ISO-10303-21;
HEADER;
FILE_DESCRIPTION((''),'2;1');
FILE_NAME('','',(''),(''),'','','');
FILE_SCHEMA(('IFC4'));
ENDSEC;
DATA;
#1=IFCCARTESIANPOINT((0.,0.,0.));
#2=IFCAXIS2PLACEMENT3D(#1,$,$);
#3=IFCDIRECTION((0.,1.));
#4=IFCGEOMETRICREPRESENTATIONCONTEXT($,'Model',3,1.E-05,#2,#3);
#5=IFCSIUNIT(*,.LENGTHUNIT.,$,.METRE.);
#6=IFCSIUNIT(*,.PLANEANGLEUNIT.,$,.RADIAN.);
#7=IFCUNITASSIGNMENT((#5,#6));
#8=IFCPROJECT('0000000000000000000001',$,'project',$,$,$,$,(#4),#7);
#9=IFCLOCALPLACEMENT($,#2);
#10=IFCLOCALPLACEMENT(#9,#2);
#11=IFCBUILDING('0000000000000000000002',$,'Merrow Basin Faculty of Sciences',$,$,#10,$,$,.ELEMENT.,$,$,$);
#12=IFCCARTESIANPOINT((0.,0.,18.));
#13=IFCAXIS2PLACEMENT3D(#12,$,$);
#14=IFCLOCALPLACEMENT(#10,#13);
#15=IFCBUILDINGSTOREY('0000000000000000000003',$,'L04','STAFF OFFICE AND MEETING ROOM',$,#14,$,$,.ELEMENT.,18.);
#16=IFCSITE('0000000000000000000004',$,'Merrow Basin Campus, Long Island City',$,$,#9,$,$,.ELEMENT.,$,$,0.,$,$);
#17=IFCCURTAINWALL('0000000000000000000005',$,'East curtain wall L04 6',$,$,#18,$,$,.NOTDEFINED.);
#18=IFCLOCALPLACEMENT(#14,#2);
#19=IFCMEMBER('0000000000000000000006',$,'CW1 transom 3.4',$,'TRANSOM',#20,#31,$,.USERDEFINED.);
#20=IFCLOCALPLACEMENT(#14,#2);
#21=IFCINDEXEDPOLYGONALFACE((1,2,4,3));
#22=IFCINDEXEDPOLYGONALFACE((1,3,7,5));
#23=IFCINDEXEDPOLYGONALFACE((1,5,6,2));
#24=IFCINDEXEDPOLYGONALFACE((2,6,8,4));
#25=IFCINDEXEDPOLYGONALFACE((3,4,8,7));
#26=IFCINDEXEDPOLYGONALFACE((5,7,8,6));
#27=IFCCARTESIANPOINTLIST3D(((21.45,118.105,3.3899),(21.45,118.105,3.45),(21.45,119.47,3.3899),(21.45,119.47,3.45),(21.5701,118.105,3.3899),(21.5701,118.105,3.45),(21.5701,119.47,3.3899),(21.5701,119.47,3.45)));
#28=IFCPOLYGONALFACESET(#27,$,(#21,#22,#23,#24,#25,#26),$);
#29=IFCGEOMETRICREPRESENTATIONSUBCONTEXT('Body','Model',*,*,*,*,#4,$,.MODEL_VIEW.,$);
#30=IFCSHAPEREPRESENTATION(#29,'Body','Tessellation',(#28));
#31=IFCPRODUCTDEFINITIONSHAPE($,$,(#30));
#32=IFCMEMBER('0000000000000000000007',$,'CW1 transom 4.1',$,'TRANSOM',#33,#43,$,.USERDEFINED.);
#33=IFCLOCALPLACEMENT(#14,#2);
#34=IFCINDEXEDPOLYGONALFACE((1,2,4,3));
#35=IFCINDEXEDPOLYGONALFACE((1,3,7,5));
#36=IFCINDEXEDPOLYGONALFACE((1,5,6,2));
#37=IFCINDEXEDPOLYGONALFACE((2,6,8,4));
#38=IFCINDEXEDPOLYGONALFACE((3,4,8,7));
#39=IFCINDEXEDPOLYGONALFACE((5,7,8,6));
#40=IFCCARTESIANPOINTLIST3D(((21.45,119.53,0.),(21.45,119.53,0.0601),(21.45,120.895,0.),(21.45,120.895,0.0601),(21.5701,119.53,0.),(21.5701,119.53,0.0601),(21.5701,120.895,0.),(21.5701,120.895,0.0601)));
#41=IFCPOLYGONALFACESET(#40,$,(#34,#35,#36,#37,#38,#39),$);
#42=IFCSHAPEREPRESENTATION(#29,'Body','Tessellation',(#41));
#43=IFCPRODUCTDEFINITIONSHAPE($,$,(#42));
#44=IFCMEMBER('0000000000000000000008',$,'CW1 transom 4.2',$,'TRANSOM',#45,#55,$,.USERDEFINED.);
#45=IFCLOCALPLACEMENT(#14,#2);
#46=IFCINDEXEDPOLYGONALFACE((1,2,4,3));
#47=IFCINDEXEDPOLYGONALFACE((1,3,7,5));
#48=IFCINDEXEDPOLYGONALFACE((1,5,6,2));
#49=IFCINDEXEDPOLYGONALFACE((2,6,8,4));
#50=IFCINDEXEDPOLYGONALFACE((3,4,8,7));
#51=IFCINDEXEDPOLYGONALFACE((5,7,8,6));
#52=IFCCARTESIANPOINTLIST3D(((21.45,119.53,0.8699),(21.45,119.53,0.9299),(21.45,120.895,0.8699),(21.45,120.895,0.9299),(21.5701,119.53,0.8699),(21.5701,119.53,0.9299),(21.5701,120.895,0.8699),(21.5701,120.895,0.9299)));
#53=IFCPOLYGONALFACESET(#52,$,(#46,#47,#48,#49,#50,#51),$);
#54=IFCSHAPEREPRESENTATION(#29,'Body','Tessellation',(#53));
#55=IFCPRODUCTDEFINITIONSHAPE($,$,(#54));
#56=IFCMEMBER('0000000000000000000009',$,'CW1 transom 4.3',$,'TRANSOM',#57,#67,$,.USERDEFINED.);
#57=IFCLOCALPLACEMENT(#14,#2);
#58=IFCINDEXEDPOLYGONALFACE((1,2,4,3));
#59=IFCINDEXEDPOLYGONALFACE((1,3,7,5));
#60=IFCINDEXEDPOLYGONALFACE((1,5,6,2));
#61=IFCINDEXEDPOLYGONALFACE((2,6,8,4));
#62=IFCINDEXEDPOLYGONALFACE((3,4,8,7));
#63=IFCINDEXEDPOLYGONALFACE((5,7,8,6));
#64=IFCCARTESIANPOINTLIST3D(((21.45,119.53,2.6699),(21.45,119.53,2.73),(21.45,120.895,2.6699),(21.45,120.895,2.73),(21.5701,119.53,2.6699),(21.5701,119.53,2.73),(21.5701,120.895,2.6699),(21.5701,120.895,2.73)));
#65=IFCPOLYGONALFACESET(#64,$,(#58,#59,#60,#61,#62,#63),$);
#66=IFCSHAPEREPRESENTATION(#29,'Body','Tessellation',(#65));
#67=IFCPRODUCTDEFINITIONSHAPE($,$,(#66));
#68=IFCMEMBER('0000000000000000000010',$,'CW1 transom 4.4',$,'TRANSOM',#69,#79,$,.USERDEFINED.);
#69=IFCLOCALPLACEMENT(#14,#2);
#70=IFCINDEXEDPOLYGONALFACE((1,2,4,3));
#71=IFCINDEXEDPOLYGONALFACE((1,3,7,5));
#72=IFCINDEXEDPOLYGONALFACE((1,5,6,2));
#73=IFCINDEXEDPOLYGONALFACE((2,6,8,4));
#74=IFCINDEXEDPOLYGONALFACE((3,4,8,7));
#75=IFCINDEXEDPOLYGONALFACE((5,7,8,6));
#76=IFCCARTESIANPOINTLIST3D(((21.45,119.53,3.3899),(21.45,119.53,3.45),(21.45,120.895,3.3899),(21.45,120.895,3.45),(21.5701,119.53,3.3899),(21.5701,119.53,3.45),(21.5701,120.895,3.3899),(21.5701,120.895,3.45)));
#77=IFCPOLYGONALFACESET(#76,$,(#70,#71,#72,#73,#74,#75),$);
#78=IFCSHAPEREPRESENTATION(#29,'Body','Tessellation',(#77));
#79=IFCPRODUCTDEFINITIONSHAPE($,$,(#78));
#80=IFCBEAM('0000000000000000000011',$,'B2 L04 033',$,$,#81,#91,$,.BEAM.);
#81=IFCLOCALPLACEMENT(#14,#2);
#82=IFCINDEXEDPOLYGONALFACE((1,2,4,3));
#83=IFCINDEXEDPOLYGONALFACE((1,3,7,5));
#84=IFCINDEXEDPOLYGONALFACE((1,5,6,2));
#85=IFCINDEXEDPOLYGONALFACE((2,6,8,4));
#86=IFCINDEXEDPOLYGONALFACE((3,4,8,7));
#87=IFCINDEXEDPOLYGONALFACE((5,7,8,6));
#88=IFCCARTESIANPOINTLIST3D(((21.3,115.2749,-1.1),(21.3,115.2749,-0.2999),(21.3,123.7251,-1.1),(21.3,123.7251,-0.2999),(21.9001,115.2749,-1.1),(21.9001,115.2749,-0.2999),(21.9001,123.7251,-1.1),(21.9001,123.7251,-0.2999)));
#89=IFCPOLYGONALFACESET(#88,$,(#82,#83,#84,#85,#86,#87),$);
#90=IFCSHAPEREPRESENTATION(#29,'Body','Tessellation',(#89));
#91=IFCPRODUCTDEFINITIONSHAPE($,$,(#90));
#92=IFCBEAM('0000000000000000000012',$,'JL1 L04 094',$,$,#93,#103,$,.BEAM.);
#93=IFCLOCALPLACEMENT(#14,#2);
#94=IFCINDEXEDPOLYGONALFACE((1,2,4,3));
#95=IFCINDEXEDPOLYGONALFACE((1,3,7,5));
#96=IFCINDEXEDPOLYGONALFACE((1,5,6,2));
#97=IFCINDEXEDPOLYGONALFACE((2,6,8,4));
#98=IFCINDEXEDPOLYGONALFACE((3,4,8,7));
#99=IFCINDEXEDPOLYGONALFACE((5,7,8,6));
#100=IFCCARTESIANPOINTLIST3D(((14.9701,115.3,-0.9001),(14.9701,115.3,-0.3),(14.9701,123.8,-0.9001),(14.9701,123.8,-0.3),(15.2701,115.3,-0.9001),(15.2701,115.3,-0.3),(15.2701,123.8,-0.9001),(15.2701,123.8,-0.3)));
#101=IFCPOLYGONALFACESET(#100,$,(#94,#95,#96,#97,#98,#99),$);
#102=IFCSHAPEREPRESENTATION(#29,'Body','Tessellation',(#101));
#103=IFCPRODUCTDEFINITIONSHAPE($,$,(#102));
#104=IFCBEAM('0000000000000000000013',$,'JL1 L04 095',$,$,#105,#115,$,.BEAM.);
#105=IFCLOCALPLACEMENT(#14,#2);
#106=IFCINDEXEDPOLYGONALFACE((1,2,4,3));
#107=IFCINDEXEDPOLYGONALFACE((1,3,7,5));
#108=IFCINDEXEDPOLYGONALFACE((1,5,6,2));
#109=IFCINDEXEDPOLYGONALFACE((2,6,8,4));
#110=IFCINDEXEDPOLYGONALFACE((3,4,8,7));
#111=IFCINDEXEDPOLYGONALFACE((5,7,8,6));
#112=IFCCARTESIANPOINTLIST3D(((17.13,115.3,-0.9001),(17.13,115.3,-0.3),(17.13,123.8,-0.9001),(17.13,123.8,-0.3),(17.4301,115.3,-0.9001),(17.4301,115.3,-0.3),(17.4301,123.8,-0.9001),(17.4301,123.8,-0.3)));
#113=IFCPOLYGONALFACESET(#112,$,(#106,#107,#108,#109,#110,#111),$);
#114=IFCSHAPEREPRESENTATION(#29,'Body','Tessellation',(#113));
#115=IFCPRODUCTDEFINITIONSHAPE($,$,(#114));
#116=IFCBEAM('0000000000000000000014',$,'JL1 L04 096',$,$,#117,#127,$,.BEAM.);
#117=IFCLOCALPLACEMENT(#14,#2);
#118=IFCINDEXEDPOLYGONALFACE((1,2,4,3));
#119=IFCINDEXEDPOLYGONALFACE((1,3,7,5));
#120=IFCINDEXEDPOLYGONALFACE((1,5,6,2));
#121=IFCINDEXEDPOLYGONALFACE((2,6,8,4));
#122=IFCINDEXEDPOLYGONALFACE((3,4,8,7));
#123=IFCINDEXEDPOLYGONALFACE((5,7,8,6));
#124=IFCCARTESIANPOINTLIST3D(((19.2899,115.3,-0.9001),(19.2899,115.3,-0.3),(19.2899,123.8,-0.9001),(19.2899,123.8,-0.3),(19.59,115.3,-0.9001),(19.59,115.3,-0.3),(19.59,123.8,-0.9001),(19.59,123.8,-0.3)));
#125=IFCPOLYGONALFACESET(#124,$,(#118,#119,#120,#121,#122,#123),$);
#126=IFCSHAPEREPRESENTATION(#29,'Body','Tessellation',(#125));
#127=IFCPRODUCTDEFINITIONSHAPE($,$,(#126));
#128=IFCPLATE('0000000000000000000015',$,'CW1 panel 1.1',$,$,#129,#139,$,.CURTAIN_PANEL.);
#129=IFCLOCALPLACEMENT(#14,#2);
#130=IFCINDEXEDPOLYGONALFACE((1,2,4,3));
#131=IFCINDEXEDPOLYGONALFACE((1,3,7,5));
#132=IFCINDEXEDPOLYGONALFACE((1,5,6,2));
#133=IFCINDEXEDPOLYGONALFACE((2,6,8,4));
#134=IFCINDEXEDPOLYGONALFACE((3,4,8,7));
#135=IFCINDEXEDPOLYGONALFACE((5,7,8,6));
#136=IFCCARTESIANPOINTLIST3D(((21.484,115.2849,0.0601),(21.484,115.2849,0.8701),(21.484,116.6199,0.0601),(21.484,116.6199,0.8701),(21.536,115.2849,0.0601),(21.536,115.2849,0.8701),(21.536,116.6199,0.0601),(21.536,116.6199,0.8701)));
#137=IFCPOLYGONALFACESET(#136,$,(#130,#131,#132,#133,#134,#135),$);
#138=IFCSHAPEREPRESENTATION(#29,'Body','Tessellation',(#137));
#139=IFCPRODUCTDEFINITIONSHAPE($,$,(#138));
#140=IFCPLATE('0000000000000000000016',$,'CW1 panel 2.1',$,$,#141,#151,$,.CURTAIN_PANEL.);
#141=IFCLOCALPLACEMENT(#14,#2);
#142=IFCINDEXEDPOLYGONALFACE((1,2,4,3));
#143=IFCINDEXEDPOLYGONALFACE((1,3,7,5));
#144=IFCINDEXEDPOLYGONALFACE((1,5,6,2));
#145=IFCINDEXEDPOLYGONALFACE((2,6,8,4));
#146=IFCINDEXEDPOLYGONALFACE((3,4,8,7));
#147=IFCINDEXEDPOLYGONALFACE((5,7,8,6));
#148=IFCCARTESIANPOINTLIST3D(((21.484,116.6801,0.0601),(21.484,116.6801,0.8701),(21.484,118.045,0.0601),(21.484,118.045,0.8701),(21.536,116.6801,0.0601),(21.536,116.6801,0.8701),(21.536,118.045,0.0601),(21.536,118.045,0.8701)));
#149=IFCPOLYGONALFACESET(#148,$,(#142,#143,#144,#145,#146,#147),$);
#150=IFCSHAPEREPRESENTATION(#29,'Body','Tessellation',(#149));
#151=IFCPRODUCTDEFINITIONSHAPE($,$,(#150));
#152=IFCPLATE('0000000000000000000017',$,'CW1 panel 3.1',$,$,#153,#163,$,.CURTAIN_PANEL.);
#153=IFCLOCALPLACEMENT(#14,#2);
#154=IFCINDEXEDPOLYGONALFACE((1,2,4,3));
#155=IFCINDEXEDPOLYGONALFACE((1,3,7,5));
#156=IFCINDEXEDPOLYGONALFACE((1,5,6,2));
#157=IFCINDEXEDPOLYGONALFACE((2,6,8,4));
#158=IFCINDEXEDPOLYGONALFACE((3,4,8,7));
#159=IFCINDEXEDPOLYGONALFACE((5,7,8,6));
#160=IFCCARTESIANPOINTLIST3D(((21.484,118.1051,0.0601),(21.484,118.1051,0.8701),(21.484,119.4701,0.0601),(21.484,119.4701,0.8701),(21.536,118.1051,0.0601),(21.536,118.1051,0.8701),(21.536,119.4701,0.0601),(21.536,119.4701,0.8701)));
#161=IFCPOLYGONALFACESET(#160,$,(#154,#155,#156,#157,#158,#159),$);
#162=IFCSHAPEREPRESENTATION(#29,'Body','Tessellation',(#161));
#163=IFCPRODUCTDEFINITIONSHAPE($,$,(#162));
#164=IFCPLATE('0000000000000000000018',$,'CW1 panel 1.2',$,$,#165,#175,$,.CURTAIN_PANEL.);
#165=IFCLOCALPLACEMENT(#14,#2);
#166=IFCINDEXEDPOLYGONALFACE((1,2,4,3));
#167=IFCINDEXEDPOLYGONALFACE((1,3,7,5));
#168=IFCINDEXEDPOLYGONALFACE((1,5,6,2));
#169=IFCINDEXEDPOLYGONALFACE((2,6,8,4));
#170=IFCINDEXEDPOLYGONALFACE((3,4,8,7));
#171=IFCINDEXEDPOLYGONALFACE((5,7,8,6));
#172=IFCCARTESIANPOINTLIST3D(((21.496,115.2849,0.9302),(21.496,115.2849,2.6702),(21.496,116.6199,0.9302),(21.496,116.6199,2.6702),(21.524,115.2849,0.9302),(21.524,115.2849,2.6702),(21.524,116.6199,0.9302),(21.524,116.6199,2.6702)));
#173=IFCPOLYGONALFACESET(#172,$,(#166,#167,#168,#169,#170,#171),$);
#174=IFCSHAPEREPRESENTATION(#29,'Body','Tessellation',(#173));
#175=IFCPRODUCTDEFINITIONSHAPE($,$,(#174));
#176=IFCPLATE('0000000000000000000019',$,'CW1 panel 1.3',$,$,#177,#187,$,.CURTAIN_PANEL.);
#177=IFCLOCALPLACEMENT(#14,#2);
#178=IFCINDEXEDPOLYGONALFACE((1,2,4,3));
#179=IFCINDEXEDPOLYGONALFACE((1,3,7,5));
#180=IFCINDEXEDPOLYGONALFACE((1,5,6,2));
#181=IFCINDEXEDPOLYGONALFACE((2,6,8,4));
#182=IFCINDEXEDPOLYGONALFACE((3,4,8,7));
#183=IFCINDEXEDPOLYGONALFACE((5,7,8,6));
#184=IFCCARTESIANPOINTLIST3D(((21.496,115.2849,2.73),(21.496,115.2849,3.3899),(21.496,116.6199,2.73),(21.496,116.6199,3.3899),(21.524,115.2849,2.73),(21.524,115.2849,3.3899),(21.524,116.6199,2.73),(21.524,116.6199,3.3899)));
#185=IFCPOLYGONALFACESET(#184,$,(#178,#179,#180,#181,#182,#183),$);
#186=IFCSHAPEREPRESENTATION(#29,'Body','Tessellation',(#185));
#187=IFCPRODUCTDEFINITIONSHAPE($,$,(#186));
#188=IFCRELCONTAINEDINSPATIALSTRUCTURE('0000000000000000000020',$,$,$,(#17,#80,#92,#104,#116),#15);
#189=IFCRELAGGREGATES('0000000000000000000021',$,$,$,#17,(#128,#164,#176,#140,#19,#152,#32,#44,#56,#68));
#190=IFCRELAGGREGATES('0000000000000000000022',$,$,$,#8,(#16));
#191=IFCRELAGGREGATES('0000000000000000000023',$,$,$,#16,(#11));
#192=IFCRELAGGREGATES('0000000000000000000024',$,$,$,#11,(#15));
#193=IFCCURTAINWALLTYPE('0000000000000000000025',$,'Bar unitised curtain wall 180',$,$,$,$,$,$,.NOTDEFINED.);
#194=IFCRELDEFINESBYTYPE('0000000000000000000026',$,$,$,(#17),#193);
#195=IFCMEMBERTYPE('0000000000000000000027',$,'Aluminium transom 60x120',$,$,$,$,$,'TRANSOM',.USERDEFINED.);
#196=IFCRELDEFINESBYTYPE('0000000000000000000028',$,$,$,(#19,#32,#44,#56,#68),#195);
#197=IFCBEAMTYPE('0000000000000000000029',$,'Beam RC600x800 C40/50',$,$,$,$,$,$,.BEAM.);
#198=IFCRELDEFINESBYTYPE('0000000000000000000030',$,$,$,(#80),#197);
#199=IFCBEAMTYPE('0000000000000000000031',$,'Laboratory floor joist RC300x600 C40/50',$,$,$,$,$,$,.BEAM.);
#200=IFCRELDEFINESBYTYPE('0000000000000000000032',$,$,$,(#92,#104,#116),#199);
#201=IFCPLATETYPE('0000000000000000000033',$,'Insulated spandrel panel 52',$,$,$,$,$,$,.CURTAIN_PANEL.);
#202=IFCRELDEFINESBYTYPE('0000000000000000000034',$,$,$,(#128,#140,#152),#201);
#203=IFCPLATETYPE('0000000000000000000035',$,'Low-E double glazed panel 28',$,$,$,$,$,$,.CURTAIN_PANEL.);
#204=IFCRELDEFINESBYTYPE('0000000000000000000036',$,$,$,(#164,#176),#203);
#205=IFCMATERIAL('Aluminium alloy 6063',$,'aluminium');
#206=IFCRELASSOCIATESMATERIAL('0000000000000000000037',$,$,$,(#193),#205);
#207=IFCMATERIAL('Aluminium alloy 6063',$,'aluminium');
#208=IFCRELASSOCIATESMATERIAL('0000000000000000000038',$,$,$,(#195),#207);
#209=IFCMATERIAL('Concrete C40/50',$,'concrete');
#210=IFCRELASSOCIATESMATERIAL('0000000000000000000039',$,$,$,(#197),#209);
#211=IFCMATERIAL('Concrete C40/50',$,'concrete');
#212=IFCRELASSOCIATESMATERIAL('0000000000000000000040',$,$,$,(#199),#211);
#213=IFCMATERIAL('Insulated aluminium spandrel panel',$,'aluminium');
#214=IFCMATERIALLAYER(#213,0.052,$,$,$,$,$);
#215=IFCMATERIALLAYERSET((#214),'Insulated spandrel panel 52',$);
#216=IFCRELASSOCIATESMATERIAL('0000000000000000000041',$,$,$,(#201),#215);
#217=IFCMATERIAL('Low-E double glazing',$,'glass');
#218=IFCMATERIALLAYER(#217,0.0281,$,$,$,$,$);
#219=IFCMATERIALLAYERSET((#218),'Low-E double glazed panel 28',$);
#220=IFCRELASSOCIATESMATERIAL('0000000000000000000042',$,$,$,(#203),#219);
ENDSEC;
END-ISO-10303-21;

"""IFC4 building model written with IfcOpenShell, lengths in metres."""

from ifc_helpers import new_model, si_unit, direction, frame, origin, origin_2d, place, context, subcontext, project, spatial, rectangle, extrude, material, layer, layer_set, material_profile, profile_set, type_object, element, aggregate, save


model = new_model("IFC4")

# Units and contexts
model_context = context("Model", 3, precision=1e-05, world=origin(), true_north=direction((0.0, 1.0)))
body_context = subcontext(model_context, "Body", "Model", "MODEL_VIEW")
ifc_project = project(units=[si_unit("LENGTHUNIT", "METRE"), si_unit("PLANEANGLEUNIT", "RADIAN")], contexts=[model_context])

# Site, building, storey
site_placement = place(None, origin())
site = spatial("IfcSite", under=ifc_project, at=site_placement, Name="Merrow Basin Campus, Long Island City", CompositionType="ELEMENT", RefElevation=0.0)
building_placement = place(site_placement, origin())
building = spatial("IfcBuilding", under=site, at=building_placement, Name="Merrow Basin Faculty of Sciences", CompositionType="ELEMENT")
storey_placement = place(building_placement, frame((0.0, 0.0, 18.0)))
storey = spatial("IfcBuildingStorey", under=building, at=storey_placement, Name="L04", Description="STAFF OFFICE AND MEETING ROOM", CompositionType="ELEMENT", Elevation=18.0)

# Curtain wall, members
ifc_material_1 = material(Name="Aluminium alloy 6063", Category="aluminium")
curtain_wall_type = type_object("IfcCurtainWallType", Name="Bar unitised curtain wall 180", PredefinedType="NOTDEFINED", material=ifc_material_1)
curtain_wall_placement = place(storey_placement, origin())
curtain_wall = element("IfcCurtainWall", 1, at=curtain_wall_placement, inside=storey, type_object=curtain_wall_type, Name="East curtain wall L04 6", PredefinedType="NOTDEFINED")
ifc_material_2 = material(Name="Aluminium alloy 6063", Category="aluminium")
ifc_material_profile_1 = material_profile(ifc_material_2, rectangle(XDim=0.1201, YDim=0.0601, at=origin_2d()))
ifc_profile_set_1 = profile_set([ifc_material_profile_1], Name="Aluminium alloy 6063")
member_type_1 = type_object("IfcMemberType", Name="Aluminium transom 60x120", ElementType="TRANSOM", PredefinedType="USERDEFINED", material=ifc_profile_set_1)
member_1_placement = place(storey_placement, frame((21.51, 118.105, 3.4199), z_axis=(0.0, 1.0, 0.0), x_axis=(-1.0, 0.0, 0.0)))
member_1 = element("IfcMember", 2, at=member_1_placement, type_object=member_type_1, Name="CW1 transom 3.4", ObjectType="TRANSOM", PredefinedType="USERDEFINED", context=body_context, shape_type="SweptSolid", body=[
    extrude(rectangle(XDim=0.1201, YDim=0.0601, at=origin_2d()), origin(), (0.0, 0.0, 1.0), 1.365),
])
member_2_placement = place(storey_placement, frame((21.51, 119.53, 0.03), z_axis=(0.0, 1.0, 0.0), x_axis=(-1.0, 0.0, 0.0)))
member_2 = element("IfcMember", 3, at=member_2_placement, type_object=member_type_1, Name="CW1 transom 4.1", ObjectType="TRANSOM", PredefinedType="USERDEFINED", context=body_context, shape_type="SweptSolid", body=[
    extrude(rectangle(XDim=0.1201, YDim=0.0601, at=origin_2d()), origin(), (0.0, 0.0, 1.0), 1.365),
])
member_3_placement = place(storey_placement, frame((21.51, 119.53, 0.8999), z_axis=(0.0, 1.0, 0.0), x_axis=(-1.0, 0.0, 0.0)))
member_3 = element("IfcMember", 4, at=member_3_placement, type_object=member_type_1, Name="CW1 transom 4.2", ObjectType="TRANSOM", PredefinedType="USERDEFINED", context=body_context, shape_type="SweptSolid", body=[
    extrude(rectangle(XDim=0.1201, YDim=0.0601, at=origin_2d()), origin(), (0.0, 0.0, 1.0), 1.365),
])
member_4_placement = place(storey_placement, frame((21.51, 119.53, 2.7), z_axis=(0.0, 1.0, 0.0), x_axis=(-1.0, 0.0, 0.0)))
member_4 = element("IfcMember", 5, at=member_4_placement, type_object=member_type_1, Name="CW1 transom 4.3", ObjectType="TRANSOM", PredefinedType="USERDEFINED", context=body_context, shape_type="SweptSolid", body=[
    extrude(rectangle(XDim=0.1201, YDim=0.0601, at=origin_2d()), origin(), (0.0, 0.0, 1.0), 1.365),
])
member_5_placement = place(storey_placement, frame((21.51, 119.53, 3.4199), z_axis=(0.0, 1.0, 0.0), x_axis=(-1.0, 0.0, 0.0)))
member_5 = element("IfcMember", 6, at=member_5_placement, type_object=member_type_1, Name="CW1 transom 4.4", ObjectType="TRANSOM", PredefinedType="USERDEFINED", context=body_context, shape_type="SweptSolid", body=[
    extrude(rectangle(XDim=0.1201, YDim=0.0601, at=origin_2d()), origin(), (0.0, 0.0, 1.0), 1.365),
])

# Beams
ifc_material_3 = material(Name="Concrete C40/50", Category="concrete")
ifc_material_profile_2 = material_profile(ifc_material_3, rectangle(XDim=0.6001, YDim=0.8, at=origin_2d()))
ifc_profile_set_2 = profile_set([ifc_material_profile_2], Name="Concrete C40/50")
beam_type_1 = type_object("IfcBeamType", Name="Beam RC600x800 C40/50", PredefinedType="BEAM", material=ifc_profile_set_2)
beam_placement = place(storey_placement, frame((21.6001, 115.2749, -0.7), z_axis=(0.0, 1.0, 0.0), x_axis=(-1.0, 0.0, 0.0)))
element("IfcBeam", 7, at=beam_placement, inside=storey, type_object=beam_type_1, Name="B2 L04 033", PredefinedType="BEAM", context=body_context, shape_type="SweptSolid", body=[
    extrude(rectangle(XDim=0.6001, YDim=0.8, at=origin_2d()), origin(), (0.0, 0.0, 1.0), 8.4502),
])
ifc_material_4 = material(Name="Concrete C40/50", Category="concrete")
ifc_material_profile_3 = material_profile(ifc_material_4, rectangle(XDim=0.3, YDim=0.6001, at=origin_2d()))
ifc_profile_set_3 = profile_set([ifc_material_profile_3], Name="Concrete C40/50")
beam_type_2 = type_object("IfcBeamType", Name="Laboratory floor joist RC300x600 C40/50", PredefinedType="BEAM", material=ifc_profile_set_3)
for number, where, z_axis, x_axis, name in (
    (8, (15.1201, 115.3, -0.6001), (0.0, 1.0, 0.0), (-1.0, 0.0, 0.0), "JL1 L04 094"),
    (9, (17.28, 115.3, -0.6001), (0.0, 1.0, 0.0), (-1.0, 0.0, 0.0), "JL1 L04 095"),
    (10, (19.4399, 115.3, -0.6001), (0.0, 1.0, 0.0), (-1.0, 0.0, 0.0), "JL1 L04 096"),
):
    element("IfcBeam", number, at=place(storey_placement, frame(where, z_axis=z_axis, x_axis=x_axis)), inside=storey, type_object=beam_type_2, Name=name, PredefinedType="BEAM", context=body_context, shape_type="SweptSolid", body=[
        extrude(rectangle(XDim=0.3, YDim=0.6001, at=origin_2d()), origin(), (0.0, 0.0, 1.0), 8.5),
    ])

# Plates
ifc_material_5 = material(Name="Insulated aluminium spandrel panel", Category="aluminium")
ifc_layer_1 = layer(ifc_material_5, 0.052)
ifc_layer_set_1 = layer_set([ifc_layer_1], Name="Insulated spandrel panel 52")
plate_type_1 = type_object("IfcPlateType", Name="Insulated spandrel panel 52", PredefinedType="CURTAIN_PANEL", material=ifc_layer_set_1)
plate_1_placement = place(storey_placement, frame((21.51, 115.9524, 0.0601), z_axis=(0.0, 0.0, 1.0), x_axis=(0.0, 1.0, 0.0)))
plate_1 = element("IfcPlate", 11, at=plate_1_placement, type_object=plate_type_1, Name="CW1 panel 1.1", PredefinedType="CURTAIN_PANEL", context=body_context, shape_type="SweptSolid", body=[
    extrude(rectangle(XDim=1.335, YDim=0.052, at=origin_2d()), origin(), (0.0, 0.0, 1.0), 0.8101),
])
plate_2_placement = place(storey_placement, frame((21.51, 117.3625, 0.0601), z_axis=(0.0, 0.0, 1.0), x_axis=(0.0, 1.0, 0.0)))
plate_2 = element("IfcPlate", 12, at=plate_2_placement, type_object=plate_type_1, Name="CW1 panel 2.1", PredefinedType="CURTAIN_PANEL", context=body_context, shape_type="SweptSolid", body=[
    extrude(rectangle(XDim=1.365, YDim=0.052, at=origin_2d()), origin(), (0.0, 0.0, 1.0), 0.8101),
])
plate_3_placement = place(storey_placement, frame((21.51, 118.7876, 0.0601), z_axis=(0.0, 0.0, 1.0), x_axis=(0.0, 1.0, 0.0)))
plate_3 = element("IfcPlate", 13, at=plate_3_placement, type_object=plate_type_1, Name="CW1 panel 3.1", PredefinedType="CURTAIN_PANEL", context=body_context, shape_type="SweptSolid", body=[
    extrude(rectangle(XDim=1.365, YDim=0.052, at=origin_2d()), origin(), (0.0, 0.0, 1.0), 0.8101),
])
ifc_material_6 = material(Name="Low-E double glazing", Category="glass")
ifc_layer_2 = layer(ifc_material_6, 0.0281)
ifc_layer_set_2 = layer_set([ifc_layer_2], Name="Low-E double glazed panel 28")
plate_type_2 = type_object("IfcPlateType", Name="Low-E double glazed panel 28", PredefinedType="CURTAIN_PANEL", material=ifc_layer_set_2)
plate_4_placement = place(storey_placement, frame((21.51, 115.9524, 0.9302), z_axis=(0.0, 0.0, 1.0), x_axis=(0.0, 1.0, 0.0)))
plate_4 = element("IfcPlate", 14, at=plate_4_placement, type_object=plate_type_2, Name="CW1 panel 1.2", PredefinedType="CURTAIN_PANEL", context=body_context, shape_type="SweptSolid", body=[
    extrude(rectangle(XDim=1.335, YDim=0.0281, at=origin_2d()), origin(), (0.0, 0.0, 1.0), 1.74),
])
plate_5_placement = place(storey_placement, frame((21.51, 115.9524, 2.73), z_axis=(0.0, 0.0, 1.0), x_axis=(0.0, 1.0, 0.0)))
plate_5 = element("IfcPlate", 15, at=plate_5_placement, type_object=plate_type_2, Name="CW1 panel 1.3", PredefinedType="CURTAIN_PANEL", context=body_context, shape_type="SweptSolid", body=[
    extrude(rectangle(XDim=1.335, YDim=0.0281, at=origin_2d()), origin(), (0.0, 0.0, 1.0), 0.6599),
])
aggregate(curtain_wall, [plate_1, plate_4, plate_5, plate_2, member_1, plate_3, member_2, member_3, member_4, member_5])

save(model, "model.ifc")
